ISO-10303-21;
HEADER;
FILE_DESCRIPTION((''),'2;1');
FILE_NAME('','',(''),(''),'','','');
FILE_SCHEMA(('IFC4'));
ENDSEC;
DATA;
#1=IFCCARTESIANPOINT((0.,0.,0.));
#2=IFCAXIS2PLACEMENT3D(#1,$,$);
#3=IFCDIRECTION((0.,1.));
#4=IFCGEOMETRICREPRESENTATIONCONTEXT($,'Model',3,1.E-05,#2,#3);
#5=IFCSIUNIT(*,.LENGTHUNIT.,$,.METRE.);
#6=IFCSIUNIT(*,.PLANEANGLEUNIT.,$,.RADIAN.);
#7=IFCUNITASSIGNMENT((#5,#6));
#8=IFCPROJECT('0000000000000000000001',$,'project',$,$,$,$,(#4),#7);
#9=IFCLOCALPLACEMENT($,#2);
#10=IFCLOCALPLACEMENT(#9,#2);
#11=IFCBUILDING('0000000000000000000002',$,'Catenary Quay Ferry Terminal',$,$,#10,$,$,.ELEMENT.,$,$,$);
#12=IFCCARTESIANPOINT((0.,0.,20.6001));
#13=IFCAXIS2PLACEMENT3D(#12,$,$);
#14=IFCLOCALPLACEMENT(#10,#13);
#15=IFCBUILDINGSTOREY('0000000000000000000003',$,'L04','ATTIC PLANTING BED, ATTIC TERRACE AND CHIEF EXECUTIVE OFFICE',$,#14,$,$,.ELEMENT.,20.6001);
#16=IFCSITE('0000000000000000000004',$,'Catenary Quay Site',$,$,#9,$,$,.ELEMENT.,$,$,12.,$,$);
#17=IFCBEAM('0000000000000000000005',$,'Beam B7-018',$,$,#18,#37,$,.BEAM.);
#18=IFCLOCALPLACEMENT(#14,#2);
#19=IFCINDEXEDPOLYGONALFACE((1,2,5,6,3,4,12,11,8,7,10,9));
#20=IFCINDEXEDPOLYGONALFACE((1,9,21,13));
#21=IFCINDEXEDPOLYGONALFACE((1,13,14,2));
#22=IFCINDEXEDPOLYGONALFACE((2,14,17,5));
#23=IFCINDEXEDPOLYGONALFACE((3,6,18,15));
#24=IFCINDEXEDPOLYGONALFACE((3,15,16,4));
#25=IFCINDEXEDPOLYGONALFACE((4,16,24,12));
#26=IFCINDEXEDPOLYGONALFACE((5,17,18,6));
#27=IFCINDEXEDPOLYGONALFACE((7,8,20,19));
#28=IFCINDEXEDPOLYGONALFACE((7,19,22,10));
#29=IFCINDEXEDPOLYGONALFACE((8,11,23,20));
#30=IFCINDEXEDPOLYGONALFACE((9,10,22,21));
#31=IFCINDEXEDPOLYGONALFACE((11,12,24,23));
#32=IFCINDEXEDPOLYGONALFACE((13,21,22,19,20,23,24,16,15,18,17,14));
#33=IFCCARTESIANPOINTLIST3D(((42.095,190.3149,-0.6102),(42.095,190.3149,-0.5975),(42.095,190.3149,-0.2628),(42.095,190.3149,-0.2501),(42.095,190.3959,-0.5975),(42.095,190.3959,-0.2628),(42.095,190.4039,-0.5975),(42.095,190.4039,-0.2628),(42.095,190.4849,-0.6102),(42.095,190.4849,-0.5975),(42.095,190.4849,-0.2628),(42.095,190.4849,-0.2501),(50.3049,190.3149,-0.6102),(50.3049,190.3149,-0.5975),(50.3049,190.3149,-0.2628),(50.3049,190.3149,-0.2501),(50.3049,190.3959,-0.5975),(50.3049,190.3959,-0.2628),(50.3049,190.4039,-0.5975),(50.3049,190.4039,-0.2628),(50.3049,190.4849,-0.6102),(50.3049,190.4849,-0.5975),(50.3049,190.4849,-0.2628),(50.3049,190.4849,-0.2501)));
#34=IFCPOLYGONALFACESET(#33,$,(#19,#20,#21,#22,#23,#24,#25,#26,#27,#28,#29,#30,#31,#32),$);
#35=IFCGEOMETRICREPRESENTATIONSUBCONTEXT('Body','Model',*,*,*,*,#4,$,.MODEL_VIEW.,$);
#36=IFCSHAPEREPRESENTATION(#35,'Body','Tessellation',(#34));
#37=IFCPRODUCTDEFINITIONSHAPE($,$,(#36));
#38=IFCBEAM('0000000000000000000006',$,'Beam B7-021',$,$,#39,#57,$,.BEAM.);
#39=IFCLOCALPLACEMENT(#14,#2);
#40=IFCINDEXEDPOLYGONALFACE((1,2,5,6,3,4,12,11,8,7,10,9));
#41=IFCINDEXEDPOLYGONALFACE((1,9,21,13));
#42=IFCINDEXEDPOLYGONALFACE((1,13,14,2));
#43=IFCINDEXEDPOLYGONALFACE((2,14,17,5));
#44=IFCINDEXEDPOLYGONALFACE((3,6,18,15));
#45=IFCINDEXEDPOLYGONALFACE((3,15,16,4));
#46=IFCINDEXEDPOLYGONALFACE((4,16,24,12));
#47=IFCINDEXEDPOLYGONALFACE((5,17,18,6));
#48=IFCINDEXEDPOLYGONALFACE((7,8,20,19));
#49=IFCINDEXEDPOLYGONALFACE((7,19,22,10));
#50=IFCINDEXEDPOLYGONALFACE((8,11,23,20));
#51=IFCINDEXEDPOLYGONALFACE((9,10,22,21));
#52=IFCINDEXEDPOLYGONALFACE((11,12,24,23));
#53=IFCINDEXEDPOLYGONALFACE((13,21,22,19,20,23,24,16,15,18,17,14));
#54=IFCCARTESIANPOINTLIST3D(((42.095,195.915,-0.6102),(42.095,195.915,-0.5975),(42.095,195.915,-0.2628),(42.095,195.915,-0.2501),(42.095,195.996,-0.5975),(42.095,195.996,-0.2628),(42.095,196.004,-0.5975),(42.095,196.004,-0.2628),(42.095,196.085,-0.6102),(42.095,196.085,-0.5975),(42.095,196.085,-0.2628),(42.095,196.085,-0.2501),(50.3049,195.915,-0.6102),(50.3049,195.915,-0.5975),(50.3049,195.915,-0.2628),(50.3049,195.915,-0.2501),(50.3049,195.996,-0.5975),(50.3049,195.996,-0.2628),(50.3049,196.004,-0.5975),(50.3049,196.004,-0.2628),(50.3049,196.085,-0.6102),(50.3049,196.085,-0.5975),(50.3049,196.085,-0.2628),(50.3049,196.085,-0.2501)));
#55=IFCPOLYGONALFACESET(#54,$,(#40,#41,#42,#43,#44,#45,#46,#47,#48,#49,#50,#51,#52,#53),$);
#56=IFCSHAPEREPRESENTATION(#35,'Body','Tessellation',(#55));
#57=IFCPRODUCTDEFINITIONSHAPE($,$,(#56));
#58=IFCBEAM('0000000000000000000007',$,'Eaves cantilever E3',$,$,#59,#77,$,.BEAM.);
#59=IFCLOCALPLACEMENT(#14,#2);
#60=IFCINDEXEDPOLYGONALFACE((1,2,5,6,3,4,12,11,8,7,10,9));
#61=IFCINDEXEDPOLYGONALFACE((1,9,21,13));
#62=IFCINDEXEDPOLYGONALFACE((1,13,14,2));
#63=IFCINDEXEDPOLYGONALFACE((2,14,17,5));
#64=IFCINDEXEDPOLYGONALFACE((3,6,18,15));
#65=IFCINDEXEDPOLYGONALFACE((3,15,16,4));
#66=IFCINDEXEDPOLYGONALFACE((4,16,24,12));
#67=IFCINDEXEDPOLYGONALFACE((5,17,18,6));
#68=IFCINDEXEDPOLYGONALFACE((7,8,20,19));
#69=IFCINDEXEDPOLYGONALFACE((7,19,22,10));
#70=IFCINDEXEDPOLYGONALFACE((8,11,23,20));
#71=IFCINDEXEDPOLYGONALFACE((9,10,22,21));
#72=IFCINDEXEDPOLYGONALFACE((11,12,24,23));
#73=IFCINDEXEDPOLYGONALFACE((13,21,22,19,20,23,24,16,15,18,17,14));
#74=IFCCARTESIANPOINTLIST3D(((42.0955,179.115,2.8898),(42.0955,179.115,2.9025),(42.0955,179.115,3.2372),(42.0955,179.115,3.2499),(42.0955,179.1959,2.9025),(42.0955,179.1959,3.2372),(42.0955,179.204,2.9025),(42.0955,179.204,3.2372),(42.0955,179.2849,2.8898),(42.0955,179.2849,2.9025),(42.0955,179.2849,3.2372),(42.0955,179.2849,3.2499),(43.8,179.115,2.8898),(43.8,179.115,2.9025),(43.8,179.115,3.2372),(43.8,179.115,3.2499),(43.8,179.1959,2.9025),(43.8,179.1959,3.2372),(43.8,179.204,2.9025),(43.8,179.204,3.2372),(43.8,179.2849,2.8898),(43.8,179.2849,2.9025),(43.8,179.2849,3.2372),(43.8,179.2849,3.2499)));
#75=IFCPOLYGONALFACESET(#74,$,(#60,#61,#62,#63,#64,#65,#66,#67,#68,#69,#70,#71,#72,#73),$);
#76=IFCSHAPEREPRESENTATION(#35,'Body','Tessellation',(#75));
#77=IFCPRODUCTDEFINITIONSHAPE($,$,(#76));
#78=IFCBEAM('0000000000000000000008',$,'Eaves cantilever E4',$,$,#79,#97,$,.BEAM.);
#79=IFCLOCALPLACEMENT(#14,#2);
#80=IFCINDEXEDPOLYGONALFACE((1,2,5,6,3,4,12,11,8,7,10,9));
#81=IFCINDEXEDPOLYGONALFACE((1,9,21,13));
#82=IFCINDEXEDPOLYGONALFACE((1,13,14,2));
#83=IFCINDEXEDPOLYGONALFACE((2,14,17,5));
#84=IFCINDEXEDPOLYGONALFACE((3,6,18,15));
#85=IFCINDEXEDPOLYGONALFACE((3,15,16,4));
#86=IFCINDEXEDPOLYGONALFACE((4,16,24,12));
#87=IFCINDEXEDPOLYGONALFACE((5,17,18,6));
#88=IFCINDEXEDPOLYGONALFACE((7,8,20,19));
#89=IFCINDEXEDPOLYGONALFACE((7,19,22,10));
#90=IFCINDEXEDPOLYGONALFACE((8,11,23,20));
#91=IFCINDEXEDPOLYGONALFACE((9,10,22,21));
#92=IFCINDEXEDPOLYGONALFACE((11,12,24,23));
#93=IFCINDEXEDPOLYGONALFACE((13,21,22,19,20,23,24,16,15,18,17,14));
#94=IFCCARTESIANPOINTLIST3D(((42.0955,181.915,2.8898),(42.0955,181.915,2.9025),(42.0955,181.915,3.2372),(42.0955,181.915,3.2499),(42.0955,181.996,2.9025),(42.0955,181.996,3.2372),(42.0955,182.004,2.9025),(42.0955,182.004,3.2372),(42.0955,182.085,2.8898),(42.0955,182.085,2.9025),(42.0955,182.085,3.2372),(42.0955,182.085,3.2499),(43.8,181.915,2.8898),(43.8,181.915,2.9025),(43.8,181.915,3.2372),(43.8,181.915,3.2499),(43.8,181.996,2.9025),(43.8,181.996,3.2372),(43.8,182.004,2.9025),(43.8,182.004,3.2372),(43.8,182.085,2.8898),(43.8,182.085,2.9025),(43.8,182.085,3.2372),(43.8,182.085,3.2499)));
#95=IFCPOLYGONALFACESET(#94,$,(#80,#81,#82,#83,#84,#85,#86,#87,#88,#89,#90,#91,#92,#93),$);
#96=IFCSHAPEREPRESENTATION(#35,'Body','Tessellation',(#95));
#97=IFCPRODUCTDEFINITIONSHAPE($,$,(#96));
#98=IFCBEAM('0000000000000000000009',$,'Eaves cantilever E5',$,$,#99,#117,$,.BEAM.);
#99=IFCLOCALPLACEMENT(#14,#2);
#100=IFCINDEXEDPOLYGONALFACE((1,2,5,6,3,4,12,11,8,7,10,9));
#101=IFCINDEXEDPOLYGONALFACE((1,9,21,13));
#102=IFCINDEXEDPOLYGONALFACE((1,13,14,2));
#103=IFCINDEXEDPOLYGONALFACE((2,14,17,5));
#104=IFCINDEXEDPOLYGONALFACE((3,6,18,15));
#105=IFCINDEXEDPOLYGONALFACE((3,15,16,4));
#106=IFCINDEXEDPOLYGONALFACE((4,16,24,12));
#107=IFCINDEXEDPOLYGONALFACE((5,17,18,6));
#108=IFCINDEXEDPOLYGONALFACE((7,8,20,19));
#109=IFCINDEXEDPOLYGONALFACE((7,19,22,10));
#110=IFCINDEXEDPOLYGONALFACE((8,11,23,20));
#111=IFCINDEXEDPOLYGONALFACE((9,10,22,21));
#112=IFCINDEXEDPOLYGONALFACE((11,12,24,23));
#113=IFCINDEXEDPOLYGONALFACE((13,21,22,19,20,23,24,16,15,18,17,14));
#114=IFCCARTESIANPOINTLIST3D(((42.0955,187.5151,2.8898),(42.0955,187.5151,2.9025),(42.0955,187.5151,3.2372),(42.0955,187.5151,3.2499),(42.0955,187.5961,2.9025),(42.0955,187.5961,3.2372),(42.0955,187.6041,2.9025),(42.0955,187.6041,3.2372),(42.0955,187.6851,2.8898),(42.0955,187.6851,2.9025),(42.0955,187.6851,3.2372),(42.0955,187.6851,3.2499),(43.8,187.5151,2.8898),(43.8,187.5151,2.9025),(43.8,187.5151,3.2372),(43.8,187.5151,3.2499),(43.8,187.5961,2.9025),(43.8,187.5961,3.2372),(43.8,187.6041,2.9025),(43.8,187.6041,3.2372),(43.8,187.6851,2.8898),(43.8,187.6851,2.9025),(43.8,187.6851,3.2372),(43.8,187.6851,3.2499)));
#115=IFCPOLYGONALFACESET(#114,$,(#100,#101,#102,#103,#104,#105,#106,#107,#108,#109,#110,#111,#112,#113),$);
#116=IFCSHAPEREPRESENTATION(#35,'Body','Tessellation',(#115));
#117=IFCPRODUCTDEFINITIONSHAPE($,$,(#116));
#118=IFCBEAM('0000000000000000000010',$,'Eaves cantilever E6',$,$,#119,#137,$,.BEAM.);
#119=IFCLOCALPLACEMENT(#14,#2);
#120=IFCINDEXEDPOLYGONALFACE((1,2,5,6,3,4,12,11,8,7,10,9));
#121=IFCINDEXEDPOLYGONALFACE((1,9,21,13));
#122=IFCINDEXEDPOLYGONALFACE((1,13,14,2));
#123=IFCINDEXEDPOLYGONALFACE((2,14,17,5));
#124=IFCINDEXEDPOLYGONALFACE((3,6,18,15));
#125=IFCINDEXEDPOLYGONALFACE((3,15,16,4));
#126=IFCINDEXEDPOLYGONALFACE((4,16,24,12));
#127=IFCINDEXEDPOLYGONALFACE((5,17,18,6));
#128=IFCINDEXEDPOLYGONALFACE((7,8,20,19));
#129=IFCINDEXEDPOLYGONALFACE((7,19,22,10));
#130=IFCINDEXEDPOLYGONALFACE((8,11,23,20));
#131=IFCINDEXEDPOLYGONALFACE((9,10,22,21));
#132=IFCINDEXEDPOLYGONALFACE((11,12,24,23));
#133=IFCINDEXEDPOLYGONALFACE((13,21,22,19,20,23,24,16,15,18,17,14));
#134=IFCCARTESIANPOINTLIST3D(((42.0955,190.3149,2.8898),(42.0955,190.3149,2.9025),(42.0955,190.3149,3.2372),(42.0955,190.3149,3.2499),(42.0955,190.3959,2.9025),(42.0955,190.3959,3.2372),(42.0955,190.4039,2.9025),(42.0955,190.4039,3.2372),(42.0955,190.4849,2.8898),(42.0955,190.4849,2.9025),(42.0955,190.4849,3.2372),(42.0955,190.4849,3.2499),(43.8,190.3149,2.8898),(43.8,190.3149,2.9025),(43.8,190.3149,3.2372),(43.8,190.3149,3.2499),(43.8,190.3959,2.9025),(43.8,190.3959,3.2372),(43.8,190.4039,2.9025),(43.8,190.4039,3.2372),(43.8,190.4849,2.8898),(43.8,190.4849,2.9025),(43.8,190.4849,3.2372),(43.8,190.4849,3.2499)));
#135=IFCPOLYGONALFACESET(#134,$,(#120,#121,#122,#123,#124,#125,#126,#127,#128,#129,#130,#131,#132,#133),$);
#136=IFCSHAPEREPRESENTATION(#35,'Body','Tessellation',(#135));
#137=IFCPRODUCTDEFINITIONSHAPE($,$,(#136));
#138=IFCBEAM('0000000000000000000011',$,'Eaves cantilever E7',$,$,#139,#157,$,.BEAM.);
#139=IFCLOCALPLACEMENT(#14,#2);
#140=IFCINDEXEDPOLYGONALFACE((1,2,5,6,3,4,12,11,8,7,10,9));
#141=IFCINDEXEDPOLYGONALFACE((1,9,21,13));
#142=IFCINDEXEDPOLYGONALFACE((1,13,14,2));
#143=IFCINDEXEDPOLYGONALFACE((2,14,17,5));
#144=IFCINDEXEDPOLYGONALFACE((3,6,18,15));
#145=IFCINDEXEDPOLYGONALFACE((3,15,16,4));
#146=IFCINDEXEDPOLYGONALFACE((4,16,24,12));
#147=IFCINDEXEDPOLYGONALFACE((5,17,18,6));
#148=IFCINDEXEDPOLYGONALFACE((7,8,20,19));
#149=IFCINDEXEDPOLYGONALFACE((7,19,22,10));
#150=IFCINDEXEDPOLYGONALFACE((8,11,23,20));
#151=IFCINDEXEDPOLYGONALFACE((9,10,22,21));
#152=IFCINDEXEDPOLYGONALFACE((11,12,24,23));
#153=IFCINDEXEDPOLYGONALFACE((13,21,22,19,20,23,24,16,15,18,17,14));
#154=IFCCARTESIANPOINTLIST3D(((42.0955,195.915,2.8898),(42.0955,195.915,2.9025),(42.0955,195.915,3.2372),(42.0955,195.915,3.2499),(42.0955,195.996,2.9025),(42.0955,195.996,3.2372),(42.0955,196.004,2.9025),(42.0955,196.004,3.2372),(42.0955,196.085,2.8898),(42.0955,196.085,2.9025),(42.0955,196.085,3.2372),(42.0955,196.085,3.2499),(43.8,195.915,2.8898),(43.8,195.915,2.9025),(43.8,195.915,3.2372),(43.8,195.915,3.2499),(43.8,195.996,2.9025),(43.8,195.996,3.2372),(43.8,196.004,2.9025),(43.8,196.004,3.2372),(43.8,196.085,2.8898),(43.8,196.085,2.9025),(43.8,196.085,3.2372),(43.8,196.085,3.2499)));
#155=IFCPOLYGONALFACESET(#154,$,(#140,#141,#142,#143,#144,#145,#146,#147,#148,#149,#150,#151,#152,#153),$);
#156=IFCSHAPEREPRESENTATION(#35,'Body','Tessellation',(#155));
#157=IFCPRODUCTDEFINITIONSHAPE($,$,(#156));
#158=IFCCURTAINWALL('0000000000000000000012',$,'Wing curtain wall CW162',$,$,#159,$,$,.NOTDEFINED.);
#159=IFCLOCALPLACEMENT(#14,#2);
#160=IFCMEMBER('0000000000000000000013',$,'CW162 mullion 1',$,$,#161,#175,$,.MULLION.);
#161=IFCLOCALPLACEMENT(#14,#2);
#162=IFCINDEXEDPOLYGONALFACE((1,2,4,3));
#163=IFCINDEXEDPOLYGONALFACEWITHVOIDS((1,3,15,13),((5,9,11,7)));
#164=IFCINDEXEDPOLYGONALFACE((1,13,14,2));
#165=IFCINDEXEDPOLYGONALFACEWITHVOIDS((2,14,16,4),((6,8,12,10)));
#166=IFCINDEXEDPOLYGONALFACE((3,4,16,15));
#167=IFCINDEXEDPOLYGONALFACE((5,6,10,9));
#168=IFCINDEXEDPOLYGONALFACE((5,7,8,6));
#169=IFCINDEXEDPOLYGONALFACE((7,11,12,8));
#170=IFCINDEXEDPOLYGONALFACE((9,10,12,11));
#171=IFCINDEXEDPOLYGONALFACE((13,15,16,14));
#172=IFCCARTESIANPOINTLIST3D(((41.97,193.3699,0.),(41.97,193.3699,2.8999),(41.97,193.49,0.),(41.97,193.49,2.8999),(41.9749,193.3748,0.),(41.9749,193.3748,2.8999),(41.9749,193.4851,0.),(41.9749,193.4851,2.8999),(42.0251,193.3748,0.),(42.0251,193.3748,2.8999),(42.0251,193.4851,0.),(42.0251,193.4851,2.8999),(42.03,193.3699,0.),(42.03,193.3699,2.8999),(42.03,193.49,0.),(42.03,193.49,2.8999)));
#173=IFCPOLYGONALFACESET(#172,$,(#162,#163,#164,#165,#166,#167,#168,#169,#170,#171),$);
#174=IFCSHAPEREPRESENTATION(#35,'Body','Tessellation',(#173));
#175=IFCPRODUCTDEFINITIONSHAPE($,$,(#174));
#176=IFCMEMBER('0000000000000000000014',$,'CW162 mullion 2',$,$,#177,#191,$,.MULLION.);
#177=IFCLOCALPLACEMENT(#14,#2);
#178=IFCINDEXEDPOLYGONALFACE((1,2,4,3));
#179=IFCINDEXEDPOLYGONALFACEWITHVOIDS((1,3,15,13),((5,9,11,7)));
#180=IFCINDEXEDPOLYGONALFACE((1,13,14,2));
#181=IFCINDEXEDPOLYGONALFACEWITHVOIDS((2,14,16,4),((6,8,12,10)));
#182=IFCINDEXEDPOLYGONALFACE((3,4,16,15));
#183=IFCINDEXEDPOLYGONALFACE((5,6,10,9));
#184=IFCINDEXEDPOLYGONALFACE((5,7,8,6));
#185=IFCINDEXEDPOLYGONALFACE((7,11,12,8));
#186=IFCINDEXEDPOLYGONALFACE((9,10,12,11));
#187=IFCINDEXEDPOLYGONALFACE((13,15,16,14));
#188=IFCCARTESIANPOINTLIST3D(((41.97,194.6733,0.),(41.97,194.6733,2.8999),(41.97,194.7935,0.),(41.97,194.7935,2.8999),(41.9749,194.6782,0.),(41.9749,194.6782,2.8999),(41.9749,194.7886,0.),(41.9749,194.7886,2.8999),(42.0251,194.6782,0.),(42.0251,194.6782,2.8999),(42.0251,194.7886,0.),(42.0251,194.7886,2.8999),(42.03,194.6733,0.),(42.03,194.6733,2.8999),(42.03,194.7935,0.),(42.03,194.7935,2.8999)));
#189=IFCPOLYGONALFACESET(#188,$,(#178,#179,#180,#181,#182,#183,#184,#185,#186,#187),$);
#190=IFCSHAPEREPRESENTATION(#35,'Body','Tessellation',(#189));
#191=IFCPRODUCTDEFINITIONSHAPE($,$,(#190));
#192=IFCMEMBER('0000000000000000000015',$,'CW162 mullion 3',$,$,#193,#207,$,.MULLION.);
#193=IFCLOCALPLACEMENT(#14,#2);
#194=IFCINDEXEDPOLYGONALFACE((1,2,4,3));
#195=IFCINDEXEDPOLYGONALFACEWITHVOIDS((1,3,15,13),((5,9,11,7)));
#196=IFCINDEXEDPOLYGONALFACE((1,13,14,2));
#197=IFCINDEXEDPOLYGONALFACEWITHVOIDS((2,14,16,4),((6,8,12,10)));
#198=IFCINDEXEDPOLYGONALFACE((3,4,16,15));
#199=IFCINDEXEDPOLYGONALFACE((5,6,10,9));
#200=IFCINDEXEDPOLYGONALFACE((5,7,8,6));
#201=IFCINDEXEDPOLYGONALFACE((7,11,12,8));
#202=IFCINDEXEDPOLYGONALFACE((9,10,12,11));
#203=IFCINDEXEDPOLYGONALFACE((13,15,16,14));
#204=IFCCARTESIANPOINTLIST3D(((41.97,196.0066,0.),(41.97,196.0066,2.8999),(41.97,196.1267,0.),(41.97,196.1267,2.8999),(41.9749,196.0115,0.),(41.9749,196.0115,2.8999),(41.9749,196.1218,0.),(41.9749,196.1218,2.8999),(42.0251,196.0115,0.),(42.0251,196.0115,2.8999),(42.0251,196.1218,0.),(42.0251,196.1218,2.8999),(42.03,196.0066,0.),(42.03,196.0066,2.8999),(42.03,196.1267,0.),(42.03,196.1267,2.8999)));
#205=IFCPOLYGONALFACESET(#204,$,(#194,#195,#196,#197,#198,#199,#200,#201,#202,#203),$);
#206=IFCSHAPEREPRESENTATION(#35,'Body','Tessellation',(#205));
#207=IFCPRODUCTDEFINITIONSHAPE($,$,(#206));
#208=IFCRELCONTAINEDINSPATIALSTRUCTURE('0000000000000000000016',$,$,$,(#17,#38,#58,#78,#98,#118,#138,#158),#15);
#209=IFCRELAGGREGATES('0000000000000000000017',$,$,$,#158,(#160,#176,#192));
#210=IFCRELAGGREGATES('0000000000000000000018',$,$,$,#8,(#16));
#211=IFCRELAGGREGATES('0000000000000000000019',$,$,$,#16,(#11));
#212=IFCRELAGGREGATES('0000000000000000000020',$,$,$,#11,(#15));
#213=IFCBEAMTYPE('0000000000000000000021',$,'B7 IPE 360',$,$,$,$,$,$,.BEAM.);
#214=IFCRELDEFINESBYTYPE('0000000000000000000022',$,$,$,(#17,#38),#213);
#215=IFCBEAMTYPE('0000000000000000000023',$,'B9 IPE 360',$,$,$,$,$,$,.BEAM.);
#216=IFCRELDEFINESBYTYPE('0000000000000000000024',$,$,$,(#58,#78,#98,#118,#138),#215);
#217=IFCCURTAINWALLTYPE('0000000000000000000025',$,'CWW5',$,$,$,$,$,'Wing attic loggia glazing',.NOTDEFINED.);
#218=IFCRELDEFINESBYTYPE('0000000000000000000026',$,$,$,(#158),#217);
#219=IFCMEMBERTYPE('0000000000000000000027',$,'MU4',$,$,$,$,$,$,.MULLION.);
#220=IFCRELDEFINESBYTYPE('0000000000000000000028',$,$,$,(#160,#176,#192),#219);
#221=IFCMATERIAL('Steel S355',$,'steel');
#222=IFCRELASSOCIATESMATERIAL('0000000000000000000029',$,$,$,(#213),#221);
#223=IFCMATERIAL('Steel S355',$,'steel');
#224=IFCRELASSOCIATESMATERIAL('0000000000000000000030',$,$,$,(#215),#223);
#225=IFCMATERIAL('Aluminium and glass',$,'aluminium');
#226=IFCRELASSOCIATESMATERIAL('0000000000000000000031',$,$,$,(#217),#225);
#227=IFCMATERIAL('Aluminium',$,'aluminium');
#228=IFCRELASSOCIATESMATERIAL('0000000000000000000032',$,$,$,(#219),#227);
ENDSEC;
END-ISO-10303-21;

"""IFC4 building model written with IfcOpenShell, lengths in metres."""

from ifc_helpers import new_model, si_unit, direction, frame, origin, origin_2d, place, context, subcontext, project, spatial, hollow_rectangle, i_section, extrude, material, material_profile, profile_set, type_object, element, aggregate, save


model = new_model("IFC4")

# Units and contexts
model_context = context("Model", 3, precision=1e-05, world=origin(), true_north=direction((0.0, 1.0)))
body_context = subcontext(model_context, "Body", "Model", "MODEL_VIEW")
ifc_project = project(units=[si_unit("LENGTHUNIT", "METRE"), si_unit("PLANEANGLEUNIT", "RADIAN")], contexts=[model_context])

# Site, building, storey
site_placement = place(None, origin())
site = spatial("IfcSite", under=ifc_project, at=site_placement, Name="Catenary Quay Site", CompositionType="ELEMENT", RefElevation=12.0)
building_placement = place(site_placement, origin())
building = spatial("IfcBuilding", under=site, at=building_placement, Name="Catenary Quay Ferry Terminal", CompositionType="ELEMENT")
storey_placement = place(building_placement, frame((0.0, 0.0, 20.6001)))
storey = spatial("IfcBuildingStorey", under=building, at=storey_placement, Name="L04", Description="ATTIC PLANTING BED, ATTIC TERRACE AND CHIEF EXECUTIVE OFFICE", CompositionType="ELEMENT", Elevation=20.6001)

# Beams
ifc_material_1 = material(Name="Steel S355", Category="steel")
ifc_material_profile_1 = material_profile(ifc_material_1, i_section(OverallWidth=0.1699, OverallDepth=0.3601, WebThickness=0.0081, FlangeThickness=0.0127, at=origin_2d()), Name="IPE 360")
ifc_profile_set_1 = profile_set([ifc_material_profile_1], Name="Steel S355")
beam_type_1 = type_object("IfcBeamType", Name="B7 IPE 360", PredefinedType="BEAM", material=ifc_profile_set_1)
for number, where, z_axis, x_axis, name in (
    (1, (42.095, 190.3999, -0.4302), (1.0, 0.0, 0.0), (0.0, 1.0, 0.0), "Beam B7-018"),
    (2, (42.095, 196.0, -0.4302), (1.0, 0.0, 0.0), (0.0, 1.0, 0.0), "Beam B7-021"),
):
    element("IfcBeam", number, at=place(storey_placement, frame(where, z_axis=z_axis, x_axis=x_axis)), inside=storey, type_object=beam_type_1, Name=name, PredefinedType="BEAM", context=body_context, shape_type="SweptSolid", body=[
        extrude(i_section(OverallWidth=0.1699, OverallDepth=0.3601, WebThickness=0.0081, FlangeThickness=0.0127, at=origin_2d()), origin(), (0.0, 0.0, 1.0), 8.21),
    ])
ifc_material_2 = material(Name="Steel S355", Category="steel")
ifc_material_profile_2 = material_profile(ifc_material_2, i_section(OverallWidth=0.1699, OverallDepth=0.3601, WebThickness=0.0081, FlangeThickness=0.0127, at=origin_2d()), Name="IPE 360")
ifc_profile_set_2 = profile_set([ifc_material_profile_2], Name="Steel S355")
beam_type_2 = type_object("IfcBeamType", Name="B9 IPE 360", PredefinedType="BEAM", material=ifc_profile_set_2)
for number, where, z_axis, x_axis, name in (
    (3, (42.0955, 179.2, 3.0698), (1.0, 0.0, 0.0), (0.0, 1.0, 0.0), "Eaves cantilever E3"),
    (4, (42.0955, 182.0, 3.0698), (1.0, 0.0, 0.0), (0.0, 1.0, 0.0), "Eaves cantilever E4"),
    (5, (42.0955, 187.6001, 3.0698), (1.0, 0.0, 0.0), (0.0, 1.0, 0.0), "Eaves cantilever E5"),
    (6, (42.0955, 190.3999, 3.0698), (1.0, 0.0, 0.0), (0.0, 1.0, 0.0), "Eaves cantilever E6"),
    (7, (42.0955, 196.0, 3.0698), (1.0, 0.0, 0.0), (0.0, 1.0, 0.0), "Eaves cantilever E7"),
):
    element("IfcBeam", number, at=place(storey_placement, frame(where, z_axis=z_axis, x_axis=x_axis)), inside=storey, type_object=beam_type_2, Name=name, PredefinedType="BEAM", context=body_context, shape_type="SweptSolid", body=[
        extrude(i_section(OverallWidth=0.1699, OverallDepth=0.3601, WebThickness=0.0081, FlangeThickness=0.0127, at=origin_2d()), origin(), (0.0, 0.0, 1.0), 1.7046),
    ])

# Curtain wall, members
ifc_material_3 = material(Name="Aluminium and glass", Category="aluminium")
curtain_wall_type = type_object("IfcCurtainWallType", Name="CWW5", ElementType="Wing attic loggia glazing", PredefinedType="NOTDEFINED", material=ifc_material_3)
curtain_wall_placement = place(storey_placement, origin())
curtain_wall = element("IfcCurtainWall", 8, at=curtain_wall_placement, inside=storey, type_object=curtain_wall_type, Name="Wing curtain wall CW162", PredefinedType="NOTDEFINED")
ifc_material_4 = material(Name="Aluminium", Category="aluminium")
ifc_material_profile_3 = material_profile(ifc_material_4, hollow_rectangle(XDim=0.0601, YDim=0.1201, WallThickness=0.0049, at=origin_2d()), Name="MU4")
ifc_profile_set_3 = profile_set([ifc_material_profile_3], Name="Aluminium")
member_type_1 = type_object("IfcMemberType", Name="MU4", PredefinedType="MULLION", material=ifc_profile_set_3)
member_1_placement = place(storey_placement, frame((42.0, 193.4299, 0.0), z_axis=(0.0, 0.0, 1.0), x_axis=(-1.0, 0.0, 0.0)))
member_1 = element("IfcMember", 9, at=member_1_placement, type_object=member_type_1, Name="CW162 mullion 1", PredefinedType="MULLION", context=body_context, shape_type="SweptSolid", body=[
    extrude(hollow_rectangle(XDim=0.0601, YDim=0.1201, WallThickness=0.0049, at=origin_2d()), origin(), (0.0, 0.0, 1.0), 2.8999),
])
member_2_placement = place(storey_placement, frame((42.0, 194.7334, 0.0), z_axis=(0.0, 0.0, 1.0), x_axis=(-1.0, 0.0, 0.0)))
member_2 = element("IfcMember", 10, at=member_2_placement, type_object=member_type_1, Name="CW162 mullion 2", PredefinedType="MULLION", context=body_context, shape_type="SweptSolid", body=[
    extrude(hollow_rectangle(XDim=0.0601, YDim=0.1201, WallThickness=0.0049, at=origin_2d()), origin(), (0.0, 0.0, 1.0), 2.8999),
])
member_3_placement = place(storey_placement, frame((42.0, 196.0667, 0.0), z_axis=(0.0, 0.0, 1.0), x_axis=(-1.0, 0.0, 0.0)))
member_3 = element("IfcMember", 11, at=member_3_placement, type_object=member_type_1, Name="CW162 mullion 3", PredefinedType="MULLION", context=body_context, shape_type="SweptSolid", body=[
    extrude(hollow_rectangle(XDim=0.0601, YDim=0.1201, WallThickness=0.0049, at=origin_2d()), origin(), (0.0, 0.0, 1.0), 2.8999),
])

aggregate(curtain_wall, [member_1, member_2, member_3])

save(model, "model.ifc")
